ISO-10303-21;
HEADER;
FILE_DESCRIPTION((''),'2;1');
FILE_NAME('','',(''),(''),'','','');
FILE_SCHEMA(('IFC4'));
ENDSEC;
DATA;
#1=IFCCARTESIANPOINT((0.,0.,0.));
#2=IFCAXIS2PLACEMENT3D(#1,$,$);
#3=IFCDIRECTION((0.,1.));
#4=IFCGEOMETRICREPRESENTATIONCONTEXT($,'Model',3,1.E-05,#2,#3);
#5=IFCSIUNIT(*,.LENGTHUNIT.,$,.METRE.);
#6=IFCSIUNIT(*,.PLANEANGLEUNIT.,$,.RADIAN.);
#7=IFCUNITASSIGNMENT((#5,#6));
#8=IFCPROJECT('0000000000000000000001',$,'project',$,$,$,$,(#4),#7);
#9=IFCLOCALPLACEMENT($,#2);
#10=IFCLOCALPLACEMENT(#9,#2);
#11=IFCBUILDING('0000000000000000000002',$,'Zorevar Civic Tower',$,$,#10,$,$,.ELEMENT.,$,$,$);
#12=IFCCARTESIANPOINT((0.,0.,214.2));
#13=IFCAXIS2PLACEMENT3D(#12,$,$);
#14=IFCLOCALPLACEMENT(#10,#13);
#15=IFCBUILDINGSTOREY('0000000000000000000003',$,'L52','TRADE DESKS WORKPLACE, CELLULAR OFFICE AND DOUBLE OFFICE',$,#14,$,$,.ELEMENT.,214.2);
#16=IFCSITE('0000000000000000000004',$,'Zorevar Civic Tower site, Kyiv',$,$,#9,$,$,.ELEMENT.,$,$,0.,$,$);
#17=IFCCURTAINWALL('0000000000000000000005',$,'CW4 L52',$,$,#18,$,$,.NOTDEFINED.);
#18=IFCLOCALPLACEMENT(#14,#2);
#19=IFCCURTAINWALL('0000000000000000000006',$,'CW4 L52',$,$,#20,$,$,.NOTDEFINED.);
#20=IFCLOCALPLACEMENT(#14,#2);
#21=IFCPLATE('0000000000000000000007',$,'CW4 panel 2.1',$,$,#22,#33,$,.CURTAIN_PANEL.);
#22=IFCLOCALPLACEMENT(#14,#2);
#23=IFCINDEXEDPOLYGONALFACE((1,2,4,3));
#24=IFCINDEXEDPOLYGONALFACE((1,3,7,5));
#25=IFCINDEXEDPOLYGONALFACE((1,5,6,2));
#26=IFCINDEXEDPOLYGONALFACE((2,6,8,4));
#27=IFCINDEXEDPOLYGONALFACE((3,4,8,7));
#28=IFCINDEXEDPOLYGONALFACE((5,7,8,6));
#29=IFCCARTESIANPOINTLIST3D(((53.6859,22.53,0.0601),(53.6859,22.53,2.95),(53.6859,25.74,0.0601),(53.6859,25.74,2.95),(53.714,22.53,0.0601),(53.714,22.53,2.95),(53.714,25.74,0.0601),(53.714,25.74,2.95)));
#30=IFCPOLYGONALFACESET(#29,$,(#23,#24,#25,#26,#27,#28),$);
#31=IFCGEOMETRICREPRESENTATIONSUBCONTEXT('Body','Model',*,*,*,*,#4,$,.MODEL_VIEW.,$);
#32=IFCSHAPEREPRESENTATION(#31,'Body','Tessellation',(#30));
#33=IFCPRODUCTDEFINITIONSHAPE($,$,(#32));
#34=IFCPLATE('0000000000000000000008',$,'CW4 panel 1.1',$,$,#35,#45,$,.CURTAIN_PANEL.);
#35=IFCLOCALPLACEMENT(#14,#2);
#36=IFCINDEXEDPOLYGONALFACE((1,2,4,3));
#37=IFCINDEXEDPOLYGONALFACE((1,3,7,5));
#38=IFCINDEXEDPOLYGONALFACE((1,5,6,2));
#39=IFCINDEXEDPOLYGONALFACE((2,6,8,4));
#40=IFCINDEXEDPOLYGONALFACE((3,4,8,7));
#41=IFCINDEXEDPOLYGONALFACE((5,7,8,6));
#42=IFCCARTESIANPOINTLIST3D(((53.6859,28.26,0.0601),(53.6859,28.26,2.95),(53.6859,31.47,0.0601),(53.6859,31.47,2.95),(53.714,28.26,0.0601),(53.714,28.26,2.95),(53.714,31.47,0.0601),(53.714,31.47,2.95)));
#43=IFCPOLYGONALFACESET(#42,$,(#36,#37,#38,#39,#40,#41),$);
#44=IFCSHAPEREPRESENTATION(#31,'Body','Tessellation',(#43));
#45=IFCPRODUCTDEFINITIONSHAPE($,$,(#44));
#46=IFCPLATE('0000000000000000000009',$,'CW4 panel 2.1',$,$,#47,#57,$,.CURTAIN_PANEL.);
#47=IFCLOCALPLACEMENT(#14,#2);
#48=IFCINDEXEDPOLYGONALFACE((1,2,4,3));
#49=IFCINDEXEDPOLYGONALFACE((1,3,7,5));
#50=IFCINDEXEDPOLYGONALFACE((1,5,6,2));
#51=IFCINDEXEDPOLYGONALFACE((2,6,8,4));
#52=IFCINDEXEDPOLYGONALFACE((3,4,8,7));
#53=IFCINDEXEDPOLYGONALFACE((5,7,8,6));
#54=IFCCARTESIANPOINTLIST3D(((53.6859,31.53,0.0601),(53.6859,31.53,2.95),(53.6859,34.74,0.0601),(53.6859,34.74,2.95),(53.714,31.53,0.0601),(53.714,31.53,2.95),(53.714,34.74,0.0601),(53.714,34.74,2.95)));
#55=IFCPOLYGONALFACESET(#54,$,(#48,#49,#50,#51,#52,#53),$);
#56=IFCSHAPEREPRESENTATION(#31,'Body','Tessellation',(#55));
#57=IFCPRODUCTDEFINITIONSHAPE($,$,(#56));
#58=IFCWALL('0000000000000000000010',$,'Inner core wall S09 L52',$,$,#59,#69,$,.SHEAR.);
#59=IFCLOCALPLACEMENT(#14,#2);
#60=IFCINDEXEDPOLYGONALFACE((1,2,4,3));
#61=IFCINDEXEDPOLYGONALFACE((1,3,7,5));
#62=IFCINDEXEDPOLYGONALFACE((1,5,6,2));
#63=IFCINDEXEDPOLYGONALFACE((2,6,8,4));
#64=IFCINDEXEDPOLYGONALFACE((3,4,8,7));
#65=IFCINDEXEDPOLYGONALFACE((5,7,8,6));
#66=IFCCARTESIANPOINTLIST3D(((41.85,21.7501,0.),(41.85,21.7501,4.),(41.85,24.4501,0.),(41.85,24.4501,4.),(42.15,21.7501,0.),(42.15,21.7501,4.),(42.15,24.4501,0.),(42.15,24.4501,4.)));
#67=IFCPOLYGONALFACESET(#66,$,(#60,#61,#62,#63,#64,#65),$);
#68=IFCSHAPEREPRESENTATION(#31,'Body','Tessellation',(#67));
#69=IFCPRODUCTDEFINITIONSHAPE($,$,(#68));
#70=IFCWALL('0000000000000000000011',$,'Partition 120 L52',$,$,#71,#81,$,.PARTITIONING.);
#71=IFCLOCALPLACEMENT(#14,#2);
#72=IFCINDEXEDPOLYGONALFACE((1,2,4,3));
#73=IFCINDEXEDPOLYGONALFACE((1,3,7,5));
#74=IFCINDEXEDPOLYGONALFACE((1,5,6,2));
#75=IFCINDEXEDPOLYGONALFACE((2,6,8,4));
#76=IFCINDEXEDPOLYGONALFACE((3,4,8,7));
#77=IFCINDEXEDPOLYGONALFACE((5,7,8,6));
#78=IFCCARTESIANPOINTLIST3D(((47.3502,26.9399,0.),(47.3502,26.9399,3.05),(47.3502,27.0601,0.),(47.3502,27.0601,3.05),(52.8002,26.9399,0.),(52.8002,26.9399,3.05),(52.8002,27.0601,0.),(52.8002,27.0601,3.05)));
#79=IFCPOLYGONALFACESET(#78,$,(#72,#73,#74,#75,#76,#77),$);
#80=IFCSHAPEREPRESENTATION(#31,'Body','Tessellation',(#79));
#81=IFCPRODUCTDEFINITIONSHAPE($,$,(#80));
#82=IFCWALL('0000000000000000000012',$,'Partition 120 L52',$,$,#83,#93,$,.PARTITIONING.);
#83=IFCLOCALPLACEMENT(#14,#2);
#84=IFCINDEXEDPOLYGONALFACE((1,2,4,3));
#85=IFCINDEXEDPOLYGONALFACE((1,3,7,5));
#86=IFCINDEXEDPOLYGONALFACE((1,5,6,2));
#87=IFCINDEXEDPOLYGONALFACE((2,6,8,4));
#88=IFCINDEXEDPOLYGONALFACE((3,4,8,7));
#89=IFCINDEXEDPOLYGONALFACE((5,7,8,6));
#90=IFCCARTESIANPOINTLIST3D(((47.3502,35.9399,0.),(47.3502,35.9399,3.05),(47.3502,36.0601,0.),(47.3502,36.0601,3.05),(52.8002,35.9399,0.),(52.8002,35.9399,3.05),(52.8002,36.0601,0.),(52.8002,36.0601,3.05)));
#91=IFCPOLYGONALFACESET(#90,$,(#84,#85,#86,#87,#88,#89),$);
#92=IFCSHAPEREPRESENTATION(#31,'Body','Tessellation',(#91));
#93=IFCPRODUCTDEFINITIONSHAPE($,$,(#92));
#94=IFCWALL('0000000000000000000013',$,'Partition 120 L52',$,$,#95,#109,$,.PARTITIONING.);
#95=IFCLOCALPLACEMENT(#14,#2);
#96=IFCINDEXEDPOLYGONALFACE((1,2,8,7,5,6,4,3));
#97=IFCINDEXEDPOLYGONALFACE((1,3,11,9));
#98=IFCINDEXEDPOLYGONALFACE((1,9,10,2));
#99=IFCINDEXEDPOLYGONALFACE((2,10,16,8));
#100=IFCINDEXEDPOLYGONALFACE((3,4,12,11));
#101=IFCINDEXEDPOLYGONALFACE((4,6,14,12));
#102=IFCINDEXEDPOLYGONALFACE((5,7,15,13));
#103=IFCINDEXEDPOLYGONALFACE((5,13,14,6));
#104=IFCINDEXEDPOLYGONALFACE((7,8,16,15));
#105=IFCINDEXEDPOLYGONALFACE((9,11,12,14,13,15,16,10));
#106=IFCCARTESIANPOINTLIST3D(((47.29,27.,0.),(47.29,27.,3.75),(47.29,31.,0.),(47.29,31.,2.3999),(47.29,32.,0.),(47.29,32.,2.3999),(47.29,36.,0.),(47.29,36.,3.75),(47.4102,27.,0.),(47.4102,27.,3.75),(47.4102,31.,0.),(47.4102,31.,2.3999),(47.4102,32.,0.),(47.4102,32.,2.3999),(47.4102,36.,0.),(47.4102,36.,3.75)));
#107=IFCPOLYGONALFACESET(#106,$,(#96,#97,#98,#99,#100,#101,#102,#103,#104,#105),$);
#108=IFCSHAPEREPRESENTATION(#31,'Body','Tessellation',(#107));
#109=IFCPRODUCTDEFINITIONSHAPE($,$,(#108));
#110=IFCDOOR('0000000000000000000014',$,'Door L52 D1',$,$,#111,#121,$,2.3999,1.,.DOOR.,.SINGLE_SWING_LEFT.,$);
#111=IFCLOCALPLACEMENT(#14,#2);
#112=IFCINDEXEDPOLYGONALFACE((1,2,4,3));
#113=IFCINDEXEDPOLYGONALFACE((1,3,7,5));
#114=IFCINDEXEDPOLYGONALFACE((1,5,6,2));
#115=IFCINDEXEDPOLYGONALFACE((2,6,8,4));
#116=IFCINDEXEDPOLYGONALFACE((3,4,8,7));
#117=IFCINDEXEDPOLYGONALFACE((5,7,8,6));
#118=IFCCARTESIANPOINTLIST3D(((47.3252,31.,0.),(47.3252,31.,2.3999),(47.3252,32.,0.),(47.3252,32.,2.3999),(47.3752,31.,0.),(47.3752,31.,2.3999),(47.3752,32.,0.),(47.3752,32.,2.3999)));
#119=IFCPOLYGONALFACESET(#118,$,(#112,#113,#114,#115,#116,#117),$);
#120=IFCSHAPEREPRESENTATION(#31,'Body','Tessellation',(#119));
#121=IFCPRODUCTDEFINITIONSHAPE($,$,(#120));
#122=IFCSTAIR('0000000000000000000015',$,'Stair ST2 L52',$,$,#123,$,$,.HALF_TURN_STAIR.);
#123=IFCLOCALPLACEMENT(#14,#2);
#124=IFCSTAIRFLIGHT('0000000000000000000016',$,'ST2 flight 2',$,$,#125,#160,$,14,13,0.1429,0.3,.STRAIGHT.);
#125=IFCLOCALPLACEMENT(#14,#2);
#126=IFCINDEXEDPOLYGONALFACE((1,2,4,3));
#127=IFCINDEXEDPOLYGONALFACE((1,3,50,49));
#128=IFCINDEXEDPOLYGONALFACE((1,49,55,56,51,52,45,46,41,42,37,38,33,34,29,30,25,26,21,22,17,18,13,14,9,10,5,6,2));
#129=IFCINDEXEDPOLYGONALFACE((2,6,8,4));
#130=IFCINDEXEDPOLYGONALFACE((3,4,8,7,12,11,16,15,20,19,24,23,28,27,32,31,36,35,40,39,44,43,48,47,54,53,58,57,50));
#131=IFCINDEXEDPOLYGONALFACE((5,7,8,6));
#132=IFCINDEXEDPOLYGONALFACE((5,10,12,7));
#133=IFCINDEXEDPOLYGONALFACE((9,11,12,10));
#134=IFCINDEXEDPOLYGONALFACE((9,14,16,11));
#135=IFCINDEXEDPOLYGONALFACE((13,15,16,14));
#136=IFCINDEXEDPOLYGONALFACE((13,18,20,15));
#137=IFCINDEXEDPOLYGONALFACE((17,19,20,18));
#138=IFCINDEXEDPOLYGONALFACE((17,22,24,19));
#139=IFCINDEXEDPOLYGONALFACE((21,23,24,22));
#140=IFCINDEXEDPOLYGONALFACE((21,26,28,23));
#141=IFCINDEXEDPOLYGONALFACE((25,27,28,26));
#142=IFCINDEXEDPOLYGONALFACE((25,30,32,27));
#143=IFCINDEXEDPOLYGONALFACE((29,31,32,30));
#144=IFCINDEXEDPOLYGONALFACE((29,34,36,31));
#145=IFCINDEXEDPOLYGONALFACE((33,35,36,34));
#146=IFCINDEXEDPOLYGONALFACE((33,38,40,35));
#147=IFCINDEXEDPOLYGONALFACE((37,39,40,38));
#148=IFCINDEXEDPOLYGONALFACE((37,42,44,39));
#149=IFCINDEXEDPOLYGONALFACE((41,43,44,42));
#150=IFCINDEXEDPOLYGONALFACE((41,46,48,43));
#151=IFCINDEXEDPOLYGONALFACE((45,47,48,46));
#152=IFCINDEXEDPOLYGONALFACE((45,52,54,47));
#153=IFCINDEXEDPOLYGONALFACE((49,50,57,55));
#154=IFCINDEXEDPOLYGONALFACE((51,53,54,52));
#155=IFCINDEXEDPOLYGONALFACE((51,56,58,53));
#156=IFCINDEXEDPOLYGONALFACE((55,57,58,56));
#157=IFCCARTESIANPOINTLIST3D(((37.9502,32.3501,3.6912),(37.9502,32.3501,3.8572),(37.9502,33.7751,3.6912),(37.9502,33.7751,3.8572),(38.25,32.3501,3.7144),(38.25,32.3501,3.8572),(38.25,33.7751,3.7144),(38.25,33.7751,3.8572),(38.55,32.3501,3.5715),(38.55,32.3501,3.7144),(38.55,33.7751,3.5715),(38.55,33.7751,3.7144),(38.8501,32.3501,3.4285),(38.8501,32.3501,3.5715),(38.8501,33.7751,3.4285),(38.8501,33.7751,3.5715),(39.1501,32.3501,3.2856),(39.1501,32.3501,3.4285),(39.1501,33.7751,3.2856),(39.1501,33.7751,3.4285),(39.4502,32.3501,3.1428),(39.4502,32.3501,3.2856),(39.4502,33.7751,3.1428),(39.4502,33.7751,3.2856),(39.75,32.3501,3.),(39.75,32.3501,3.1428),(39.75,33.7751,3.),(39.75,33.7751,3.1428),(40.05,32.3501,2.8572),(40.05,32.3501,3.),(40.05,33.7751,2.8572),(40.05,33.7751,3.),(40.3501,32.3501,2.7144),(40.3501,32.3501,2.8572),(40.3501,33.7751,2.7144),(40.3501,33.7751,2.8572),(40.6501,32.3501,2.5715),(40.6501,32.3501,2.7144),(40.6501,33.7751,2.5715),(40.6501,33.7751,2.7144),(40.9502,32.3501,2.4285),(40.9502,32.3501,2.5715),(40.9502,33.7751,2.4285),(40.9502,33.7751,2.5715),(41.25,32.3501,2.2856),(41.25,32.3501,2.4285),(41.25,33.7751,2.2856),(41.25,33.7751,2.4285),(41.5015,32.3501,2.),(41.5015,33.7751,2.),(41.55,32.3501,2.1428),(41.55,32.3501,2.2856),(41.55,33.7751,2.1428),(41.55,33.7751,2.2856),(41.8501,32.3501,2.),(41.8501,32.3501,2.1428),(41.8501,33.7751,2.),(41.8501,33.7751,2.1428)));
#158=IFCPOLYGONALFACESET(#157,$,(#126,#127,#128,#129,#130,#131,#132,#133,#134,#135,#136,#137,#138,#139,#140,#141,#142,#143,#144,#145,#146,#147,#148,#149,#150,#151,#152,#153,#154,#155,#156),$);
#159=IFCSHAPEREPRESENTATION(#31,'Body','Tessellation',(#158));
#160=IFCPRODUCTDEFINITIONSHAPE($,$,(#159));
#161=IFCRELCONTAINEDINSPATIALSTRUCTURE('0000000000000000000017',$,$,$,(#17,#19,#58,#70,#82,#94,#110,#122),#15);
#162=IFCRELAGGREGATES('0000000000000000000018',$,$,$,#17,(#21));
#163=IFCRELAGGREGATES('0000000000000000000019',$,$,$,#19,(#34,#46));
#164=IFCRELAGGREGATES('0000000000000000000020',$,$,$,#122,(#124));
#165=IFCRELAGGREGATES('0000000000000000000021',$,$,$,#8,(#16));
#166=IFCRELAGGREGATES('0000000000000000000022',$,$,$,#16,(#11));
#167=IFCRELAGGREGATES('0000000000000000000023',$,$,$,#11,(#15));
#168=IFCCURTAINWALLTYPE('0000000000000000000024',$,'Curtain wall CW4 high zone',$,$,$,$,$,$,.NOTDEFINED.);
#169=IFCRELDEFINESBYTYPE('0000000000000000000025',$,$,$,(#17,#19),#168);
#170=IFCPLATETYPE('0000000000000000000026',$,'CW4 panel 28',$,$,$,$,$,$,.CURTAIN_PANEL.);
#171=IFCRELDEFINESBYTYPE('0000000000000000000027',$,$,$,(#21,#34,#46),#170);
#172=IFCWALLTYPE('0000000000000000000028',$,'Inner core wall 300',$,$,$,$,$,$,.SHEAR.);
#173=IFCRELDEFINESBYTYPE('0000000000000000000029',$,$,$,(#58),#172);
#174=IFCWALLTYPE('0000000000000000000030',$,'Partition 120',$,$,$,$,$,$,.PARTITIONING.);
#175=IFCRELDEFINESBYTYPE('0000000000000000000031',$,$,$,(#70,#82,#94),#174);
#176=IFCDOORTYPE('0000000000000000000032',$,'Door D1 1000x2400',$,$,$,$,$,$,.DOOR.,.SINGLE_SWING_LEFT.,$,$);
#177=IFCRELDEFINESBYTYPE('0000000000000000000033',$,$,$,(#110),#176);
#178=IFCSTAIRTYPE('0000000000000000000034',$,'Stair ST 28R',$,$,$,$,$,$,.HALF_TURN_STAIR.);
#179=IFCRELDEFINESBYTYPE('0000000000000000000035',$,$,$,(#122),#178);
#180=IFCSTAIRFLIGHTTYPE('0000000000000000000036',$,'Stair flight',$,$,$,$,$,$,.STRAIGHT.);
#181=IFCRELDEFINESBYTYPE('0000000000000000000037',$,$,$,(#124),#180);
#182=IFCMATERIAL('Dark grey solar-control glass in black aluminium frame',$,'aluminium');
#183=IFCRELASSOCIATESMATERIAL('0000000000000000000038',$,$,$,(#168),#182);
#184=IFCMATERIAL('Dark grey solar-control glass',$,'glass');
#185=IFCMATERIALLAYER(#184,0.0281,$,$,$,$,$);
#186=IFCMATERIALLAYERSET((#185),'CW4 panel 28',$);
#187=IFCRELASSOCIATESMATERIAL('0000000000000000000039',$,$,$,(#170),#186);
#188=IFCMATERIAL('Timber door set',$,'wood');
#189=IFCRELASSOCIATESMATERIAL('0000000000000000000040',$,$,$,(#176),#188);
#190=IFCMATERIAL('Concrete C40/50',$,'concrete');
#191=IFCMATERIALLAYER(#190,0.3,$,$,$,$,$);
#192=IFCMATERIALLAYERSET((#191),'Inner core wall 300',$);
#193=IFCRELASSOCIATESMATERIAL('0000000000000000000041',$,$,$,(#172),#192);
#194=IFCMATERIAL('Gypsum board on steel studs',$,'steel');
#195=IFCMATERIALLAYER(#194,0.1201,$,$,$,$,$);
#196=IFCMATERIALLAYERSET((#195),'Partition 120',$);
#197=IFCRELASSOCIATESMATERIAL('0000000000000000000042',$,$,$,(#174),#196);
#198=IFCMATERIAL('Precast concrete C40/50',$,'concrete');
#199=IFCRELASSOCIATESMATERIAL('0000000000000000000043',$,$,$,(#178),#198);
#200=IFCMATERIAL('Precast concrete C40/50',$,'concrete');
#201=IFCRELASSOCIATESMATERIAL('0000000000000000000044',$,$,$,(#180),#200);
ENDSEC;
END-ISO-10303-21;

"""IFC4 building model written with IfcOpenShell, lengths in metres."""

from ifc_helpers import new_model, si_unit, direction, frame, frame_2d, origin, origin_2d, place, context, subcontext, project, spatial, polyline, rectangle, outline, extrude, material, layer, layer_set, type_object, element, fill, aggregate, save


model = new_model("IFC4")

# Units and contexts
model_context = context("Model", 3, precision=1e-05, world=origin(), true_north=direction((0.0, 1.0)))
body_context = subcontext(model_context, "Body", "Model", "MODEL_VIEW")
ifc_project = project(units=[si_unit("LENGTHUNIT", "METRE"), si_unit("PLANEANGLEUNIT", "RADIAN")], contexts=[model_context])

# Site, building, storey
site_placement = place(None, origin())
site = spatial("IfcSite", under=ifc_project, at=site_placement, Name="Zorevar Civic Tower site, Kyiv", CompositionType="ELEMENT", RefElevation=0.0)
building_placement = place(site_placement, origin())
building = spatial("IfcBuilding", under=site, at=building_placement, Name="Zorevar Civic Tower", CompositionType="ELEMENT")
storey_placement = place(building_placement, frame((0.0, 0.0, 214.2)))
storey = spatial("IfcBuildingStorey", under=building, at=storey_placement, Name="L52", Description="TRADE DESKS WORKPLACE, CELLULAR OFFICE AND DOUBLE OFFICE", CompositionType="ELEMENT", Elevation=214.2)

# Curtain walls
ifc_material_1 = material(Name="Dark grey solar-control glass in black aluminium frame", Category="aluminium")
curtain_wall_type = type_object("IfcCurtainWallType", Name="Curtain wall CW4 high zone", PredefinedType="NOTDEFINED", material=ifc_material_1)
curtain_wall_1_placement = place(storey_placement, origin())
curtain_wall_1 = element("IfcCurtainWall", 1, at=curtain_wall_1_placement, inside=storey, type_object=curtain_wall_type, Name="CW4 L52", PredefinedType="NOTDEFINED")
curtain_wall_2_placement = place(storey_placement, origin())
curtain_wall_2 = element("IfcCurtainWall", 2, at=curtain_wall_2_placement, inside=storey, type_object=curtain_wall_type, Name="CW4 L52", PredefinedType="NOTDEFINED")

# Plates
ifc_material_2 = material(Name="Dark grey solar-control glass", Category="glass")
ifc_layer_1 = layer(ifc_material_2, 0.0281)
ifc_layer_set_1 = layer_set([ifc_layer_1], Name="CW4 panel 28")
plate_type = type_object("IfcPlateType", Name="CW4 panel 28", PredefinedType="CURTAIN_PANEL", material=ifc_layer_set_1)
plate_1_placement = place(storey_placement, frame((53.7, 24.135, 0.0601), z_axis=(0.0, 0.0, 1.0), x_axis=(0.0, 1.0, 0.0)))
plate_1 = element("IfcPlate", 3, at=plate_1_placement, type_object=plate_type, Name="CW4 panel 2.1", PredefinedType="CURTAIN_PANEL", context=body_context, shape_type="SweptSolid", body=[
    extrude(rectangle(XDim=3.21, YDim=0.0281, at=origin_2d()), origin(), (0.0, 0.0, 1.0), 2.8899),
])
aggregate(curtain_wall_1, [plate_1])
plate_2_placement = place(storey_placement, frame((53.7, 29.865, 0.0601), z_axis=(0.0, 0.0, 1.0), x_axis=(0.0, 1.0, 0.0)))
plate_2 = element("IfcPlate", 4, at=plate_2_placement, type_object=plate_type, Name="CW4 panel 1.1", PredefinedType="CURTAIN_PANEL", context=body_context, shape_type="SweptSolid", body=[
    extrude(rectangle(XDim=3.21, YDim=0.0281, at=origin_2d()), origin(), (0.0, 0.0, 1.0), 2.8899),
])
plate_3_placement = place(storey_placement, frame((53.7, 33.135, 0.0601), z_axis=(0.0, 0.0, 1.0), x_axis=(0.0, 1.0, 0.0)))
plate_3 = element("IfcPlate", 5, at=plate_3_placement, type_object=plate_type, Name="CW4 panel 2.1", PredefinedType="CURTAIN_PANEL", context=body_context, shape_type="SweptSolid", body=[
    extrude(rectangle(XDim=3.21, YDim=0.0281, at=origin_2d()), origin(), (0.0, 0.0, 1.0), 2.8899),
])
aggregate(curtain_wall_2, [plate_2, plate_3])

# Shared definitions
ifc_material_3 = material(Name="Timber door set", Category="wood")
door_type_1 = type_object("IfcDoorType", Name="Door D1 1000x2400", OperationType="SINGLE_SWING_LEFT", PredefinedType="DOOR", material=ifc_material_3)

# Shared definitions
ifc_material_4 = material(Name="Concrete C40/50", Category="concrete")
ifc_layer_2 = layer(ifc_material_4, 0.3)
ifc_layer_set_2 = layer_set([ifc_layer_2], Name="Inner core wall 300")
wall_type_1 = type_object("IfcWallType", Name="Inner core wall 300", PredefinedType="SHEAR", material=ifc_layer_set_2)

# Walls
wall_1_placement = place(storey_placement, frame((42.0, 21.75, 0.0), z_axis=(0.0, 0.0, 1.0), x_axis=(0.0, 1.0, 0.0)))
element("IfcWall", 6, at=wall_1_placement, inside=storey, type_object=wall_type_1, Name="Inner core wall S09 L52", PredefinedType="SHEAR", context=body_context, shape_type="SweptSolid", body=[
    extrude(rectangle(XDim=2.7, YDim=0.3, at=frame_2d((1.3501, 0.0))), origin(), (0.0, 0.0, 1.0), 4.0),
])
ifc_material_5 = material(Name="Gypsum board on steel studs", Category="steel")
ifc_layer_3 = layer(ifc_material_5, 0.1201)
ifc_layer_set_3 = layer_set([ifc_layer_3], Name="Partition 120")
wall_type_2 = type_object("IfcWallType", Name="Partition 120", PredefinedType="PARTITIONING", material=ifc_layer_set_3)
for number, where, z_axis, x_axis, name in (
    (7, (47.3501, 27.0, 0.0), (0.0, 0.0, 1.0), (1.0, 0.0, 0.0), "Partition 120 L52"),
    (8, (47.3501, 36.0, 0.0), (0.0, 0.0, 1.0), (1.0, 0.0, 0.0), "Partition 120 L52"),
):
    element("IfcWall", number, at=place(storey_placement, frame(where, z_axis=z_axis, x_axis=x_axis)), inside=storey, type_object=wall_type_2, Name=name, PredefinedType="PARTITIONING", context=body_context, shape_type="SweptSolid", body=[
        extrude(rectangle(XDim=5.45, YDim=0.1201, at=frame_2d((2.7251, 0.0))), origin(), (0.0, 0.0, 1.0), 3.05),
    ])

# Wall, opening, door
wall_2_placement = place(storey_placement, frame((47.3501, 27.0, 0.0), z_axis=(0.0, 0.0, 1.0), x_axis=(0.0, 1.0, 0.0)))
wall_2 = element("IfcWall", 9, at=wall_2_placement, inside=storey, type_object=wall_type_2, Name="Partition 120 L52", PredefinedType="PARTITIONING", context=body_context, shape_type="SweptSolid", body=[
    extrude(rectangle(XDim=9.0, YDim=0.1201, at=frame_2d((4.5, 0.0))), origin(), (0.0, 0.0, 1.0), 3.75),
])
opening_1_placement = place(wall_2_placement, frame((4.0, 0.0, 0.0)))
opening_1 = element("IfcOpeningElement", 10, at=opening_1_placement, cuts=wall_2, PredefinedType="OPENING", context=body_context, shape_type="SweptSolid", body=[
    extrude(rectangle(XDim=1.0, YDim=2.3999, at=frame_2d((0.5, 1.2))), frame((0.0, 0.0701, 0.0), z_axis=(0.0, -1.0, 0.0), x_axis=(1.0, 0.0, 0.0)), (0.0, 0.0, 1.0), 0.1401),
])
door_1_placement = place(opening_1_placement, origin())
door_1 = element("IfcDoor", 11, at=door_1_placement, inside=storey, type_object=door_type_1, Name="Door L52 D1", OperationType="SINGLE_SWING_LEFT", OverallHeight=2.3999, OverallWidth=1.0, PredefinedType="DOOR", context=body_context, shape_type="SweptSolid", body=[
    extrude(rectangle(XDim=1.0, YDim=2.3999, at=frame_2d((0.5, 1.2))), frame((0.0, 0.0249, 0.0), z_axis=(0.0, -1.0, 0.0), x_axis=(1.0, 0.0, 0.0)), (0.0, 0.0, 1.0), 0.05),
])
fill(opening_1, door_1)

# Stair, stair flight
ifc_material_6 = material(Name="Precast concrete C40/50", Category="concrete")
stair_type = type_object("IfcStairType", Name="Stair ST 28R", PredefinedType="HALF_TURN_STAIR", material=ifc_material_6)
stair_placement = place(storey_placement, origin())
stair = element("IfcStair", 12, at=stair_placement, inside=storey, type_object=stair_type, Name="Stair ST2 L52", PredefinedType="HALF_TURN_STAIR")
ifc_material_7 = material(Name="Precast concrete C40/50", Category="concrete")
stair_flight_type = type_object("IfcStairFlightType", Name="Stair flight", PredefinedType="STRAIGHT", material=ifc_material_7)
stair_flight_placement = place(storey_placement, frame((41.8501, 33.0625, 2.0), z_axis=(0.0, 0.0, 1.0), x_axis=(-1.0, 0.0, 0.0)))
stair_flight = element("IfcStairFlight", 13, at=stair_flight_placement, type_object=stair_flight_type, Name="ST2 flight 2", NumberOfRisers=14, NumberOfTreads=13, PredefinedType="STRAIGHT", RiserHeight=0.1429, TreadLength=0.3, context=body_context, shape_type="SweptSolid", body=[
    extrude(outline(polyline([(0.0, 0.0), (0.0, 0.1428), (0.3, 0.1428), (0.3, 0.2856), (0.6001, 0.2856), (0.6001, 0.4285), (0.8999, 0.4285), (0.8999, 0.5715), (1.2, 0.5715), (1.2, 0.7144), (1.5, 0.7144), (1.5, 0.8572), (1.8, 0.8572), (1.8, 1.0), (2.1001, 1.0), (2.1001, 1.1428), (2.3999, 1.1428), (2.3999, 1.2856), (2.7, 1.2856), (2.7, 1.4285), (3.0, 1.4285), (3.0, 1.5715), (3.3, 1.5715), (3.3, 1.7144), (3.6001, 1.7144), (3.6001, 1.8572), (3.8999, 1.8572), (3.8999, 2.0), (3.8999, 1.6912), (0.3486, 0.0), (0.0, 0.0)])), frame((0.0, 0.7124, 0.0), z_axis=(0.0, -1.0, 0.0), x_axis=(1.0, 0.0, 0.0)), (0.0, 0.0, 1.0), 1.425),
])
aggregate(stair, [stair_flight])

save(model, "model.ifc")
